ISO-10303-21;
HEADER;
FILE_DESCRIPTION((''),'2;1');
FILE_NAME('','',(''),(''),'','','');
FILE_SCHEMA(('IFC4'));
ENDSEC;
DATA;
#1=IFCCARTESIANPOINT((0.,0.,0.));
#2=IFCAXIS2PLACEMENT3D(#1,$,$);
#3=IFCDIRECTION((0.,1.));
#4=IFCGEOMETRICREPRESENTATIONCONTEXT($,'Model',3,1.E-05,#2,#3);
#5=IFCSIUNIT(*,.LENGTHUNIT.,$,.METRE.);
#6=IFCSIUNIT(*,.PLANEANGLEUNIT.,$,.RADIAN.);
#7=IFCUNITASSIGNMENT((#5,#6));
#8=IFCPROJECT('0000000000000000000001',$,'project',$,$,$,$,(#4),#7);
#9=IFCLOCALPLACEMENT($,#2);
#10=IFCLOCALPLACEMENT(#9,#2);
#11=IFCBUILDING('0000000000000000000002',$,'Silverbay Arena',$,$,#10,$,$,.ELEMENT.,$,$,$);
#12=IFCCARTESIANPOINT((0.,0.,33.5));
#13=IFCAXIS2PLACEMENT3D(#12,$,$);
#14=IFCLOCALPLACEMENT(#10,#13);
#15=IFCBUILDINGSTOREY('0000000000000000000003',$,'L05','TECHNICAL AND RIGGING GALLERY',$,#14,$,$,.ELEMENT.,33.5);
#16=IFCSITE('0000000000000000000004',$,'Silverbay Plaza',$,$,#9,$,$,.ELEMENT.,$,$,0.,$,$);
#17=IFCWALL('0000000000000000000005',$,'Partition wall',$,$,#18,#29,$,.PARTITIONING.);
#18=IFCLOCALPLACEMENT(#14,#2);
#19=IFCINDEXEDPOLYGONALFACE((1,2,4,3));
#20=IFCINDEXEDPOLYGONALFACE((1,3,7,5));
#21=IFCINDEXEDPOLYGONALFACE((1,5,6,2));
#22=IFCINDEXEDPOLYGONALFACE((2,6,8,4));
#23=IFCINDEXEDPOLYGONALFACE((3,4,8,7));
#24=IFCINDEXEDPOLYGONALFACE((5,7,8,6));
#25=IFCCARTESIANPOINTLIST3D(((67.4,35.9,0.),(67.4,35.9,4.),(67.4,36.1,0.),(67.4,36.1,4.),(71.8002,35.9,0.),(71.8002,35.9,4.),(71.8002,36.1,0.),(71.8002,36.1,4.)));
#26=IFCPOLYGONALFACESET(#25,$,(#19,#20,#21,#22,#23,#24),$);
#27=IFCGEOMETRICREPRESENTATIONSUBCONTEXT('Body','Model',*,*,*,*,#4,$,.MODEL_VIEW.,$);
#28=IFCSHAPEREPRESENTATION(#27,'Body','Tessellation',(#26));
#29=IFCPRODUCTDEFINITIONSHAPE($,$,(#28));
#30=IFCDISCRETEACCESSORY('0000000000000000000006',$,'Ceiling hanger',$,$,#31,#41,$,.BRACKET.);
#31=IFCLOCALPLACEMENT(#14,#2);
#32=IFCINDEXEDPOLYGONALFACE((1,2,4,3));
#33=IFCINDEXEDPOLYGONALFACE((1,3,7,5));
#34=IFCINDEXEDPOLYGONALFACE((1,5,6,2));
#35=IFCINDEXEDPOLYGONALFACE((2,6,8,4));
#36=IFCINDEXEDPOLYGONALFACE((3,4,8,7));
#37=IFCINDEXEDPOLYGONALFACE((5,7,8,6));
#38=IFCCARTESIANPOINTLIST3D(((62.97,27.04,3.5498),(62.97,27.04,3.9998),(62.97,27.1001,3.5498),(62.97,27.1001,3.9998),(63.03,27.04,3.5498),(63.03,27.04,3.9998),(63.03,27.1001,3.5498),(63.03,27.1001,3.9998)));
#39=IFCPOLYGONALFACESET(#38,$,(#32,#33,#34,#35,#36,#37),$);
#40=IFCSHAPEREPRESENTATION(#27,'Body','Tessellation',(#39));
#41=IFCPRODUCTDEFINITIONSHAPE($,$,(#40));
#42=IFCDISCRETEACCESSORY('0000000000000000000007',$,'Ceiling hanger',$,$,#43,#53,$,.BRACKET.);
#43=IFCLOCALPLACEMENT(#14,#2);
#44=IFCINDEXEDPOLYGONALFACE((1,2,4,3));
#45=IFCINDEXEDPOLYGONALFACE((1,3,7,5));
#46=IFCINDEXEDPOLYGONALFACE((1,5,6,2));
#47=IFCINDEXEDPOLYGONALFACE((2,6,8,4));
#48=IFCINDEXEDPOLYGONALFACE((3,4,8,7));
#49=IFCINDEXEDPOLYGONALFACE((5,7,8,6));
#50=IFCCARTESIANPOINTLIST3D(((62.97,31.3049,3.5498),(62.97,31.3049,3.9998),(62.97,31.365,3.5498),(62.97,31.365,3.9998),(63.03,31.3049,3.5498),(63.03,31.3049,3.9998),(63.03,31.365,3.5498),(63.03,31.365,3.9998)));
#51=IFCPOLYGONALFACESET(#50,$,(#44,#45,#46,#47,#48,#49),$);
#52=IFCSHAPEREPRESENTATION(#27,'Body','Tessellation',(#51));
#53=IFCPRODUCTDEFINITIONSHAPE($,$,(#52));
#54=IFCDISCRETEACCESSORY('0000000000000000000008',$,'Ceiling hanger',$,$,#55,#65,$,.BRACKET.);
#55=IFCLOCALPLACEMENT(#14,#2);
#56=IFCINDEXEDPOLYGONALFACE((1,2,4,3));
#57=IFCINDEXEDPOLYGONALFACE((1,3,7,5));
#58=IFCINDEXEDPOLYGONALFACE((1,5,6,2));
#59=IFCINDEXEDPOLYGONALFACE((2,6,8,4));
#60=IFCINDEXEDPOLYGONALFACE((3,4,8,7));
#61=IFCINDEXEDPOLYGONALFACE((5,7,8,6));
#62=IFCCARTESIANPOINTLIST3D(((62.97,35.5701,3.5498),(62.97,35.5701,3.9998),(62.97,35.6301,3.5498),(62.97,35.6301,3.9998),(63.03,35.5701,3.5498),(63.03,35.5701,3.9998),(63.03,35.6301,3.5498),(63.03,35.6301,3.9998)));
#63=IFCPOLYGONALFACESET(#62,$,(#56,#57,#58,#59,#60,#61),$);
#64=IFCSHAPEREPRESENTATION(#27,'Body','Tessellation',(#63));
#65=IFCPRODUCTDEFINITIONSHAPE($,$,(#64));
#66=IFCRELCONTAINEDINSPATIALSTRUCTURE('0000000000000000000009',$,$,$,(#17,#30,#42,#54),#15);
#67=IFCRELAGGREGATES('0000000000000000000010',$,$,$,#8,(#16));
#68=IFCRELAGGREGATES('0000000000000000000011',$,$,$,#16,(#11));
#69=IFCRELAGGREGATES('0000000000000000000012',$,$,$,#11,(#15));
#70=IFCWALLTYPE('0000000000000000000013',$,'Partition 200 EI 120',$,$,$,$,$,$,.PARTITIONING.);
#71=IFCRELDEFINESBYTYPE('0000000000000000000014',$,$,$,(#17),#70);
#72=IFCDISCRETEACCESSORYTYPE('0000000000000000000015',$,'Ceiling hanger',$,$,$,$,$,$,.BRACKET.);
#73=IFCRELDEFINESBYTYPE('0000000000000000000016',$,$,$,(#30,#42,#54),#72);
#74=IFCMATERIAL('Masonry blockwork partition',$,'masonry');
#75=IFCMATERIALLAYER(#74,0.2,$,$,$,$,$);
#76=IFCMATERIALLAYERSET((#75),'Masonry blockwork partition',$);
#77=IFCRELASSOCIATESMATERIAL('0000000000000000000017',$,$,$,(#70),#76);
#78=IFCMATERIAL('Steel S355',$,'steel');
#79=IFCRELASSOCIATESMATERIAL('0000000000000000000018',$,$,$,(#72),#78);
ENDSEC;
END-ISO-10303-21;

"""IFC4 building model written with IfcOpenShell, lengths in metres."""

from ifc_helpers import new_model, si_unit, direction, frame, frame_2d, origin, origin_2d, place, context, subcontext, project, spatial, rectangle, extrude, material, layer, layer_set, type_object, element, save


model = new_model("IFC4")

# Units and contexts
model_context = context("Model", 3, precision=1e-05, world=origin(), true_north=direction((0.0, 1.0)))
body_context = subcontext(model_context, "Body", "Model", "MODEL_VIEW")
ifc_project = project(units=[si_unit("LENGTHUNIT", "METRE"), si_unit("PLANEANGLEUNIT", "RADIAN")], contexts=[model_context])

# Site, building, storey
site_placement = place(None, origin())
site = spatial("IfcSite", under=ifc_project, at=site_placement, Name="Silverbay Plaza", CompositionType="ELEMENT", RefElevation=0.0)
building_placement = place(site_placement, origin())
building = spatial("IfcBuilding", under=site, at=building_placement, Name="Silverbay Arena", CompositionType="ELEMENT")
storey_placement = place(building_placement, frame((0.0, 0.0, 33.5)))
storey = spatial("IfcBuildingStorey", under=building, at=storey_placement, Name="L05", Description="TECHNICAL AND RIGGING GALLERY", CompositionType="ELEMENT", Elevation=33.5)

# Shared definitions
ifc_material_1 = material(Name="Masonry blockwork partition", Category="masonry")
ifc_layer = layer(ifc_material_1, 0.2)
ifc_layer_set = layer_set([ifc_layer], Name="Masonry blockwork partition")
wall_type = type_object("IfcWallType", Name="Partition 200 EI 120", PredefinedType="PARTITIONING", material=ifc_layer_set)

# Wall
wall_1_placement = place(storey_placement, frame((67.3999, 36.0, 0.0), z_axis=(0.0, 0.0, 1.0), x_axis=(1.0, 0.0, 0.0)))
element("IfcWall", 1, at=wall_1_placement, inside=storey, type_object=wall_type, Name="Partition wall", PredefinedType="PARTITIONING", context=body_context, shape_type="SweptSolid", body=[
    extrude(rectangle(XDim=4.4001, YDim=0.2, at=frame_2d((2.2002, 0.0))), origin(), (0.0, 0.0, 1.0), 4.0),
])

# Discrete accessories
ifc_material_2 = material(Name="Steel S355", Category="steel")
discrete_accessory_type = type_object("IfcDiscreteAccessoryType", Name="Ceiling hanger", PredefinedType="BRACKET", material=ifc_material_2)
for number, where, z_axis, x_axis, name in (
    (2, (63.0, 27.0701, 3.5498), (0.0, 0.0, 1.0), (1.0, 0.0, 0.0), "Ceiling hanger"),
    (3, (63.0, 31.335, 3.5498), (0.0, 0.0, 1.0), (1.0, 0.0, 0.0), "Ceiling hanger"),
    (4, (63.0, 35.6001, 3.5498), (0.0, 0.0, 1.0), (1.0, 0.0, 0.0), "Ceiling hanger"),
):
    element("IfcDiscreteAccessory", number, at=place(storey_placement, frame(where, z_axis=z_axis, x_axis=x_axis)), inside=storey, type_object=discrete_accessory_type, Name=name, PredefinedType="BRACKET", context=body_context, shape_type="SweptSolid", body=[
        extrude(rectangle(XDim=0.0601, YDim=0.0601, at=origin_2d()), origin(), (0.0, 0.0, 1.0), 0.45),
    ])

save(model, "model.ifc")
